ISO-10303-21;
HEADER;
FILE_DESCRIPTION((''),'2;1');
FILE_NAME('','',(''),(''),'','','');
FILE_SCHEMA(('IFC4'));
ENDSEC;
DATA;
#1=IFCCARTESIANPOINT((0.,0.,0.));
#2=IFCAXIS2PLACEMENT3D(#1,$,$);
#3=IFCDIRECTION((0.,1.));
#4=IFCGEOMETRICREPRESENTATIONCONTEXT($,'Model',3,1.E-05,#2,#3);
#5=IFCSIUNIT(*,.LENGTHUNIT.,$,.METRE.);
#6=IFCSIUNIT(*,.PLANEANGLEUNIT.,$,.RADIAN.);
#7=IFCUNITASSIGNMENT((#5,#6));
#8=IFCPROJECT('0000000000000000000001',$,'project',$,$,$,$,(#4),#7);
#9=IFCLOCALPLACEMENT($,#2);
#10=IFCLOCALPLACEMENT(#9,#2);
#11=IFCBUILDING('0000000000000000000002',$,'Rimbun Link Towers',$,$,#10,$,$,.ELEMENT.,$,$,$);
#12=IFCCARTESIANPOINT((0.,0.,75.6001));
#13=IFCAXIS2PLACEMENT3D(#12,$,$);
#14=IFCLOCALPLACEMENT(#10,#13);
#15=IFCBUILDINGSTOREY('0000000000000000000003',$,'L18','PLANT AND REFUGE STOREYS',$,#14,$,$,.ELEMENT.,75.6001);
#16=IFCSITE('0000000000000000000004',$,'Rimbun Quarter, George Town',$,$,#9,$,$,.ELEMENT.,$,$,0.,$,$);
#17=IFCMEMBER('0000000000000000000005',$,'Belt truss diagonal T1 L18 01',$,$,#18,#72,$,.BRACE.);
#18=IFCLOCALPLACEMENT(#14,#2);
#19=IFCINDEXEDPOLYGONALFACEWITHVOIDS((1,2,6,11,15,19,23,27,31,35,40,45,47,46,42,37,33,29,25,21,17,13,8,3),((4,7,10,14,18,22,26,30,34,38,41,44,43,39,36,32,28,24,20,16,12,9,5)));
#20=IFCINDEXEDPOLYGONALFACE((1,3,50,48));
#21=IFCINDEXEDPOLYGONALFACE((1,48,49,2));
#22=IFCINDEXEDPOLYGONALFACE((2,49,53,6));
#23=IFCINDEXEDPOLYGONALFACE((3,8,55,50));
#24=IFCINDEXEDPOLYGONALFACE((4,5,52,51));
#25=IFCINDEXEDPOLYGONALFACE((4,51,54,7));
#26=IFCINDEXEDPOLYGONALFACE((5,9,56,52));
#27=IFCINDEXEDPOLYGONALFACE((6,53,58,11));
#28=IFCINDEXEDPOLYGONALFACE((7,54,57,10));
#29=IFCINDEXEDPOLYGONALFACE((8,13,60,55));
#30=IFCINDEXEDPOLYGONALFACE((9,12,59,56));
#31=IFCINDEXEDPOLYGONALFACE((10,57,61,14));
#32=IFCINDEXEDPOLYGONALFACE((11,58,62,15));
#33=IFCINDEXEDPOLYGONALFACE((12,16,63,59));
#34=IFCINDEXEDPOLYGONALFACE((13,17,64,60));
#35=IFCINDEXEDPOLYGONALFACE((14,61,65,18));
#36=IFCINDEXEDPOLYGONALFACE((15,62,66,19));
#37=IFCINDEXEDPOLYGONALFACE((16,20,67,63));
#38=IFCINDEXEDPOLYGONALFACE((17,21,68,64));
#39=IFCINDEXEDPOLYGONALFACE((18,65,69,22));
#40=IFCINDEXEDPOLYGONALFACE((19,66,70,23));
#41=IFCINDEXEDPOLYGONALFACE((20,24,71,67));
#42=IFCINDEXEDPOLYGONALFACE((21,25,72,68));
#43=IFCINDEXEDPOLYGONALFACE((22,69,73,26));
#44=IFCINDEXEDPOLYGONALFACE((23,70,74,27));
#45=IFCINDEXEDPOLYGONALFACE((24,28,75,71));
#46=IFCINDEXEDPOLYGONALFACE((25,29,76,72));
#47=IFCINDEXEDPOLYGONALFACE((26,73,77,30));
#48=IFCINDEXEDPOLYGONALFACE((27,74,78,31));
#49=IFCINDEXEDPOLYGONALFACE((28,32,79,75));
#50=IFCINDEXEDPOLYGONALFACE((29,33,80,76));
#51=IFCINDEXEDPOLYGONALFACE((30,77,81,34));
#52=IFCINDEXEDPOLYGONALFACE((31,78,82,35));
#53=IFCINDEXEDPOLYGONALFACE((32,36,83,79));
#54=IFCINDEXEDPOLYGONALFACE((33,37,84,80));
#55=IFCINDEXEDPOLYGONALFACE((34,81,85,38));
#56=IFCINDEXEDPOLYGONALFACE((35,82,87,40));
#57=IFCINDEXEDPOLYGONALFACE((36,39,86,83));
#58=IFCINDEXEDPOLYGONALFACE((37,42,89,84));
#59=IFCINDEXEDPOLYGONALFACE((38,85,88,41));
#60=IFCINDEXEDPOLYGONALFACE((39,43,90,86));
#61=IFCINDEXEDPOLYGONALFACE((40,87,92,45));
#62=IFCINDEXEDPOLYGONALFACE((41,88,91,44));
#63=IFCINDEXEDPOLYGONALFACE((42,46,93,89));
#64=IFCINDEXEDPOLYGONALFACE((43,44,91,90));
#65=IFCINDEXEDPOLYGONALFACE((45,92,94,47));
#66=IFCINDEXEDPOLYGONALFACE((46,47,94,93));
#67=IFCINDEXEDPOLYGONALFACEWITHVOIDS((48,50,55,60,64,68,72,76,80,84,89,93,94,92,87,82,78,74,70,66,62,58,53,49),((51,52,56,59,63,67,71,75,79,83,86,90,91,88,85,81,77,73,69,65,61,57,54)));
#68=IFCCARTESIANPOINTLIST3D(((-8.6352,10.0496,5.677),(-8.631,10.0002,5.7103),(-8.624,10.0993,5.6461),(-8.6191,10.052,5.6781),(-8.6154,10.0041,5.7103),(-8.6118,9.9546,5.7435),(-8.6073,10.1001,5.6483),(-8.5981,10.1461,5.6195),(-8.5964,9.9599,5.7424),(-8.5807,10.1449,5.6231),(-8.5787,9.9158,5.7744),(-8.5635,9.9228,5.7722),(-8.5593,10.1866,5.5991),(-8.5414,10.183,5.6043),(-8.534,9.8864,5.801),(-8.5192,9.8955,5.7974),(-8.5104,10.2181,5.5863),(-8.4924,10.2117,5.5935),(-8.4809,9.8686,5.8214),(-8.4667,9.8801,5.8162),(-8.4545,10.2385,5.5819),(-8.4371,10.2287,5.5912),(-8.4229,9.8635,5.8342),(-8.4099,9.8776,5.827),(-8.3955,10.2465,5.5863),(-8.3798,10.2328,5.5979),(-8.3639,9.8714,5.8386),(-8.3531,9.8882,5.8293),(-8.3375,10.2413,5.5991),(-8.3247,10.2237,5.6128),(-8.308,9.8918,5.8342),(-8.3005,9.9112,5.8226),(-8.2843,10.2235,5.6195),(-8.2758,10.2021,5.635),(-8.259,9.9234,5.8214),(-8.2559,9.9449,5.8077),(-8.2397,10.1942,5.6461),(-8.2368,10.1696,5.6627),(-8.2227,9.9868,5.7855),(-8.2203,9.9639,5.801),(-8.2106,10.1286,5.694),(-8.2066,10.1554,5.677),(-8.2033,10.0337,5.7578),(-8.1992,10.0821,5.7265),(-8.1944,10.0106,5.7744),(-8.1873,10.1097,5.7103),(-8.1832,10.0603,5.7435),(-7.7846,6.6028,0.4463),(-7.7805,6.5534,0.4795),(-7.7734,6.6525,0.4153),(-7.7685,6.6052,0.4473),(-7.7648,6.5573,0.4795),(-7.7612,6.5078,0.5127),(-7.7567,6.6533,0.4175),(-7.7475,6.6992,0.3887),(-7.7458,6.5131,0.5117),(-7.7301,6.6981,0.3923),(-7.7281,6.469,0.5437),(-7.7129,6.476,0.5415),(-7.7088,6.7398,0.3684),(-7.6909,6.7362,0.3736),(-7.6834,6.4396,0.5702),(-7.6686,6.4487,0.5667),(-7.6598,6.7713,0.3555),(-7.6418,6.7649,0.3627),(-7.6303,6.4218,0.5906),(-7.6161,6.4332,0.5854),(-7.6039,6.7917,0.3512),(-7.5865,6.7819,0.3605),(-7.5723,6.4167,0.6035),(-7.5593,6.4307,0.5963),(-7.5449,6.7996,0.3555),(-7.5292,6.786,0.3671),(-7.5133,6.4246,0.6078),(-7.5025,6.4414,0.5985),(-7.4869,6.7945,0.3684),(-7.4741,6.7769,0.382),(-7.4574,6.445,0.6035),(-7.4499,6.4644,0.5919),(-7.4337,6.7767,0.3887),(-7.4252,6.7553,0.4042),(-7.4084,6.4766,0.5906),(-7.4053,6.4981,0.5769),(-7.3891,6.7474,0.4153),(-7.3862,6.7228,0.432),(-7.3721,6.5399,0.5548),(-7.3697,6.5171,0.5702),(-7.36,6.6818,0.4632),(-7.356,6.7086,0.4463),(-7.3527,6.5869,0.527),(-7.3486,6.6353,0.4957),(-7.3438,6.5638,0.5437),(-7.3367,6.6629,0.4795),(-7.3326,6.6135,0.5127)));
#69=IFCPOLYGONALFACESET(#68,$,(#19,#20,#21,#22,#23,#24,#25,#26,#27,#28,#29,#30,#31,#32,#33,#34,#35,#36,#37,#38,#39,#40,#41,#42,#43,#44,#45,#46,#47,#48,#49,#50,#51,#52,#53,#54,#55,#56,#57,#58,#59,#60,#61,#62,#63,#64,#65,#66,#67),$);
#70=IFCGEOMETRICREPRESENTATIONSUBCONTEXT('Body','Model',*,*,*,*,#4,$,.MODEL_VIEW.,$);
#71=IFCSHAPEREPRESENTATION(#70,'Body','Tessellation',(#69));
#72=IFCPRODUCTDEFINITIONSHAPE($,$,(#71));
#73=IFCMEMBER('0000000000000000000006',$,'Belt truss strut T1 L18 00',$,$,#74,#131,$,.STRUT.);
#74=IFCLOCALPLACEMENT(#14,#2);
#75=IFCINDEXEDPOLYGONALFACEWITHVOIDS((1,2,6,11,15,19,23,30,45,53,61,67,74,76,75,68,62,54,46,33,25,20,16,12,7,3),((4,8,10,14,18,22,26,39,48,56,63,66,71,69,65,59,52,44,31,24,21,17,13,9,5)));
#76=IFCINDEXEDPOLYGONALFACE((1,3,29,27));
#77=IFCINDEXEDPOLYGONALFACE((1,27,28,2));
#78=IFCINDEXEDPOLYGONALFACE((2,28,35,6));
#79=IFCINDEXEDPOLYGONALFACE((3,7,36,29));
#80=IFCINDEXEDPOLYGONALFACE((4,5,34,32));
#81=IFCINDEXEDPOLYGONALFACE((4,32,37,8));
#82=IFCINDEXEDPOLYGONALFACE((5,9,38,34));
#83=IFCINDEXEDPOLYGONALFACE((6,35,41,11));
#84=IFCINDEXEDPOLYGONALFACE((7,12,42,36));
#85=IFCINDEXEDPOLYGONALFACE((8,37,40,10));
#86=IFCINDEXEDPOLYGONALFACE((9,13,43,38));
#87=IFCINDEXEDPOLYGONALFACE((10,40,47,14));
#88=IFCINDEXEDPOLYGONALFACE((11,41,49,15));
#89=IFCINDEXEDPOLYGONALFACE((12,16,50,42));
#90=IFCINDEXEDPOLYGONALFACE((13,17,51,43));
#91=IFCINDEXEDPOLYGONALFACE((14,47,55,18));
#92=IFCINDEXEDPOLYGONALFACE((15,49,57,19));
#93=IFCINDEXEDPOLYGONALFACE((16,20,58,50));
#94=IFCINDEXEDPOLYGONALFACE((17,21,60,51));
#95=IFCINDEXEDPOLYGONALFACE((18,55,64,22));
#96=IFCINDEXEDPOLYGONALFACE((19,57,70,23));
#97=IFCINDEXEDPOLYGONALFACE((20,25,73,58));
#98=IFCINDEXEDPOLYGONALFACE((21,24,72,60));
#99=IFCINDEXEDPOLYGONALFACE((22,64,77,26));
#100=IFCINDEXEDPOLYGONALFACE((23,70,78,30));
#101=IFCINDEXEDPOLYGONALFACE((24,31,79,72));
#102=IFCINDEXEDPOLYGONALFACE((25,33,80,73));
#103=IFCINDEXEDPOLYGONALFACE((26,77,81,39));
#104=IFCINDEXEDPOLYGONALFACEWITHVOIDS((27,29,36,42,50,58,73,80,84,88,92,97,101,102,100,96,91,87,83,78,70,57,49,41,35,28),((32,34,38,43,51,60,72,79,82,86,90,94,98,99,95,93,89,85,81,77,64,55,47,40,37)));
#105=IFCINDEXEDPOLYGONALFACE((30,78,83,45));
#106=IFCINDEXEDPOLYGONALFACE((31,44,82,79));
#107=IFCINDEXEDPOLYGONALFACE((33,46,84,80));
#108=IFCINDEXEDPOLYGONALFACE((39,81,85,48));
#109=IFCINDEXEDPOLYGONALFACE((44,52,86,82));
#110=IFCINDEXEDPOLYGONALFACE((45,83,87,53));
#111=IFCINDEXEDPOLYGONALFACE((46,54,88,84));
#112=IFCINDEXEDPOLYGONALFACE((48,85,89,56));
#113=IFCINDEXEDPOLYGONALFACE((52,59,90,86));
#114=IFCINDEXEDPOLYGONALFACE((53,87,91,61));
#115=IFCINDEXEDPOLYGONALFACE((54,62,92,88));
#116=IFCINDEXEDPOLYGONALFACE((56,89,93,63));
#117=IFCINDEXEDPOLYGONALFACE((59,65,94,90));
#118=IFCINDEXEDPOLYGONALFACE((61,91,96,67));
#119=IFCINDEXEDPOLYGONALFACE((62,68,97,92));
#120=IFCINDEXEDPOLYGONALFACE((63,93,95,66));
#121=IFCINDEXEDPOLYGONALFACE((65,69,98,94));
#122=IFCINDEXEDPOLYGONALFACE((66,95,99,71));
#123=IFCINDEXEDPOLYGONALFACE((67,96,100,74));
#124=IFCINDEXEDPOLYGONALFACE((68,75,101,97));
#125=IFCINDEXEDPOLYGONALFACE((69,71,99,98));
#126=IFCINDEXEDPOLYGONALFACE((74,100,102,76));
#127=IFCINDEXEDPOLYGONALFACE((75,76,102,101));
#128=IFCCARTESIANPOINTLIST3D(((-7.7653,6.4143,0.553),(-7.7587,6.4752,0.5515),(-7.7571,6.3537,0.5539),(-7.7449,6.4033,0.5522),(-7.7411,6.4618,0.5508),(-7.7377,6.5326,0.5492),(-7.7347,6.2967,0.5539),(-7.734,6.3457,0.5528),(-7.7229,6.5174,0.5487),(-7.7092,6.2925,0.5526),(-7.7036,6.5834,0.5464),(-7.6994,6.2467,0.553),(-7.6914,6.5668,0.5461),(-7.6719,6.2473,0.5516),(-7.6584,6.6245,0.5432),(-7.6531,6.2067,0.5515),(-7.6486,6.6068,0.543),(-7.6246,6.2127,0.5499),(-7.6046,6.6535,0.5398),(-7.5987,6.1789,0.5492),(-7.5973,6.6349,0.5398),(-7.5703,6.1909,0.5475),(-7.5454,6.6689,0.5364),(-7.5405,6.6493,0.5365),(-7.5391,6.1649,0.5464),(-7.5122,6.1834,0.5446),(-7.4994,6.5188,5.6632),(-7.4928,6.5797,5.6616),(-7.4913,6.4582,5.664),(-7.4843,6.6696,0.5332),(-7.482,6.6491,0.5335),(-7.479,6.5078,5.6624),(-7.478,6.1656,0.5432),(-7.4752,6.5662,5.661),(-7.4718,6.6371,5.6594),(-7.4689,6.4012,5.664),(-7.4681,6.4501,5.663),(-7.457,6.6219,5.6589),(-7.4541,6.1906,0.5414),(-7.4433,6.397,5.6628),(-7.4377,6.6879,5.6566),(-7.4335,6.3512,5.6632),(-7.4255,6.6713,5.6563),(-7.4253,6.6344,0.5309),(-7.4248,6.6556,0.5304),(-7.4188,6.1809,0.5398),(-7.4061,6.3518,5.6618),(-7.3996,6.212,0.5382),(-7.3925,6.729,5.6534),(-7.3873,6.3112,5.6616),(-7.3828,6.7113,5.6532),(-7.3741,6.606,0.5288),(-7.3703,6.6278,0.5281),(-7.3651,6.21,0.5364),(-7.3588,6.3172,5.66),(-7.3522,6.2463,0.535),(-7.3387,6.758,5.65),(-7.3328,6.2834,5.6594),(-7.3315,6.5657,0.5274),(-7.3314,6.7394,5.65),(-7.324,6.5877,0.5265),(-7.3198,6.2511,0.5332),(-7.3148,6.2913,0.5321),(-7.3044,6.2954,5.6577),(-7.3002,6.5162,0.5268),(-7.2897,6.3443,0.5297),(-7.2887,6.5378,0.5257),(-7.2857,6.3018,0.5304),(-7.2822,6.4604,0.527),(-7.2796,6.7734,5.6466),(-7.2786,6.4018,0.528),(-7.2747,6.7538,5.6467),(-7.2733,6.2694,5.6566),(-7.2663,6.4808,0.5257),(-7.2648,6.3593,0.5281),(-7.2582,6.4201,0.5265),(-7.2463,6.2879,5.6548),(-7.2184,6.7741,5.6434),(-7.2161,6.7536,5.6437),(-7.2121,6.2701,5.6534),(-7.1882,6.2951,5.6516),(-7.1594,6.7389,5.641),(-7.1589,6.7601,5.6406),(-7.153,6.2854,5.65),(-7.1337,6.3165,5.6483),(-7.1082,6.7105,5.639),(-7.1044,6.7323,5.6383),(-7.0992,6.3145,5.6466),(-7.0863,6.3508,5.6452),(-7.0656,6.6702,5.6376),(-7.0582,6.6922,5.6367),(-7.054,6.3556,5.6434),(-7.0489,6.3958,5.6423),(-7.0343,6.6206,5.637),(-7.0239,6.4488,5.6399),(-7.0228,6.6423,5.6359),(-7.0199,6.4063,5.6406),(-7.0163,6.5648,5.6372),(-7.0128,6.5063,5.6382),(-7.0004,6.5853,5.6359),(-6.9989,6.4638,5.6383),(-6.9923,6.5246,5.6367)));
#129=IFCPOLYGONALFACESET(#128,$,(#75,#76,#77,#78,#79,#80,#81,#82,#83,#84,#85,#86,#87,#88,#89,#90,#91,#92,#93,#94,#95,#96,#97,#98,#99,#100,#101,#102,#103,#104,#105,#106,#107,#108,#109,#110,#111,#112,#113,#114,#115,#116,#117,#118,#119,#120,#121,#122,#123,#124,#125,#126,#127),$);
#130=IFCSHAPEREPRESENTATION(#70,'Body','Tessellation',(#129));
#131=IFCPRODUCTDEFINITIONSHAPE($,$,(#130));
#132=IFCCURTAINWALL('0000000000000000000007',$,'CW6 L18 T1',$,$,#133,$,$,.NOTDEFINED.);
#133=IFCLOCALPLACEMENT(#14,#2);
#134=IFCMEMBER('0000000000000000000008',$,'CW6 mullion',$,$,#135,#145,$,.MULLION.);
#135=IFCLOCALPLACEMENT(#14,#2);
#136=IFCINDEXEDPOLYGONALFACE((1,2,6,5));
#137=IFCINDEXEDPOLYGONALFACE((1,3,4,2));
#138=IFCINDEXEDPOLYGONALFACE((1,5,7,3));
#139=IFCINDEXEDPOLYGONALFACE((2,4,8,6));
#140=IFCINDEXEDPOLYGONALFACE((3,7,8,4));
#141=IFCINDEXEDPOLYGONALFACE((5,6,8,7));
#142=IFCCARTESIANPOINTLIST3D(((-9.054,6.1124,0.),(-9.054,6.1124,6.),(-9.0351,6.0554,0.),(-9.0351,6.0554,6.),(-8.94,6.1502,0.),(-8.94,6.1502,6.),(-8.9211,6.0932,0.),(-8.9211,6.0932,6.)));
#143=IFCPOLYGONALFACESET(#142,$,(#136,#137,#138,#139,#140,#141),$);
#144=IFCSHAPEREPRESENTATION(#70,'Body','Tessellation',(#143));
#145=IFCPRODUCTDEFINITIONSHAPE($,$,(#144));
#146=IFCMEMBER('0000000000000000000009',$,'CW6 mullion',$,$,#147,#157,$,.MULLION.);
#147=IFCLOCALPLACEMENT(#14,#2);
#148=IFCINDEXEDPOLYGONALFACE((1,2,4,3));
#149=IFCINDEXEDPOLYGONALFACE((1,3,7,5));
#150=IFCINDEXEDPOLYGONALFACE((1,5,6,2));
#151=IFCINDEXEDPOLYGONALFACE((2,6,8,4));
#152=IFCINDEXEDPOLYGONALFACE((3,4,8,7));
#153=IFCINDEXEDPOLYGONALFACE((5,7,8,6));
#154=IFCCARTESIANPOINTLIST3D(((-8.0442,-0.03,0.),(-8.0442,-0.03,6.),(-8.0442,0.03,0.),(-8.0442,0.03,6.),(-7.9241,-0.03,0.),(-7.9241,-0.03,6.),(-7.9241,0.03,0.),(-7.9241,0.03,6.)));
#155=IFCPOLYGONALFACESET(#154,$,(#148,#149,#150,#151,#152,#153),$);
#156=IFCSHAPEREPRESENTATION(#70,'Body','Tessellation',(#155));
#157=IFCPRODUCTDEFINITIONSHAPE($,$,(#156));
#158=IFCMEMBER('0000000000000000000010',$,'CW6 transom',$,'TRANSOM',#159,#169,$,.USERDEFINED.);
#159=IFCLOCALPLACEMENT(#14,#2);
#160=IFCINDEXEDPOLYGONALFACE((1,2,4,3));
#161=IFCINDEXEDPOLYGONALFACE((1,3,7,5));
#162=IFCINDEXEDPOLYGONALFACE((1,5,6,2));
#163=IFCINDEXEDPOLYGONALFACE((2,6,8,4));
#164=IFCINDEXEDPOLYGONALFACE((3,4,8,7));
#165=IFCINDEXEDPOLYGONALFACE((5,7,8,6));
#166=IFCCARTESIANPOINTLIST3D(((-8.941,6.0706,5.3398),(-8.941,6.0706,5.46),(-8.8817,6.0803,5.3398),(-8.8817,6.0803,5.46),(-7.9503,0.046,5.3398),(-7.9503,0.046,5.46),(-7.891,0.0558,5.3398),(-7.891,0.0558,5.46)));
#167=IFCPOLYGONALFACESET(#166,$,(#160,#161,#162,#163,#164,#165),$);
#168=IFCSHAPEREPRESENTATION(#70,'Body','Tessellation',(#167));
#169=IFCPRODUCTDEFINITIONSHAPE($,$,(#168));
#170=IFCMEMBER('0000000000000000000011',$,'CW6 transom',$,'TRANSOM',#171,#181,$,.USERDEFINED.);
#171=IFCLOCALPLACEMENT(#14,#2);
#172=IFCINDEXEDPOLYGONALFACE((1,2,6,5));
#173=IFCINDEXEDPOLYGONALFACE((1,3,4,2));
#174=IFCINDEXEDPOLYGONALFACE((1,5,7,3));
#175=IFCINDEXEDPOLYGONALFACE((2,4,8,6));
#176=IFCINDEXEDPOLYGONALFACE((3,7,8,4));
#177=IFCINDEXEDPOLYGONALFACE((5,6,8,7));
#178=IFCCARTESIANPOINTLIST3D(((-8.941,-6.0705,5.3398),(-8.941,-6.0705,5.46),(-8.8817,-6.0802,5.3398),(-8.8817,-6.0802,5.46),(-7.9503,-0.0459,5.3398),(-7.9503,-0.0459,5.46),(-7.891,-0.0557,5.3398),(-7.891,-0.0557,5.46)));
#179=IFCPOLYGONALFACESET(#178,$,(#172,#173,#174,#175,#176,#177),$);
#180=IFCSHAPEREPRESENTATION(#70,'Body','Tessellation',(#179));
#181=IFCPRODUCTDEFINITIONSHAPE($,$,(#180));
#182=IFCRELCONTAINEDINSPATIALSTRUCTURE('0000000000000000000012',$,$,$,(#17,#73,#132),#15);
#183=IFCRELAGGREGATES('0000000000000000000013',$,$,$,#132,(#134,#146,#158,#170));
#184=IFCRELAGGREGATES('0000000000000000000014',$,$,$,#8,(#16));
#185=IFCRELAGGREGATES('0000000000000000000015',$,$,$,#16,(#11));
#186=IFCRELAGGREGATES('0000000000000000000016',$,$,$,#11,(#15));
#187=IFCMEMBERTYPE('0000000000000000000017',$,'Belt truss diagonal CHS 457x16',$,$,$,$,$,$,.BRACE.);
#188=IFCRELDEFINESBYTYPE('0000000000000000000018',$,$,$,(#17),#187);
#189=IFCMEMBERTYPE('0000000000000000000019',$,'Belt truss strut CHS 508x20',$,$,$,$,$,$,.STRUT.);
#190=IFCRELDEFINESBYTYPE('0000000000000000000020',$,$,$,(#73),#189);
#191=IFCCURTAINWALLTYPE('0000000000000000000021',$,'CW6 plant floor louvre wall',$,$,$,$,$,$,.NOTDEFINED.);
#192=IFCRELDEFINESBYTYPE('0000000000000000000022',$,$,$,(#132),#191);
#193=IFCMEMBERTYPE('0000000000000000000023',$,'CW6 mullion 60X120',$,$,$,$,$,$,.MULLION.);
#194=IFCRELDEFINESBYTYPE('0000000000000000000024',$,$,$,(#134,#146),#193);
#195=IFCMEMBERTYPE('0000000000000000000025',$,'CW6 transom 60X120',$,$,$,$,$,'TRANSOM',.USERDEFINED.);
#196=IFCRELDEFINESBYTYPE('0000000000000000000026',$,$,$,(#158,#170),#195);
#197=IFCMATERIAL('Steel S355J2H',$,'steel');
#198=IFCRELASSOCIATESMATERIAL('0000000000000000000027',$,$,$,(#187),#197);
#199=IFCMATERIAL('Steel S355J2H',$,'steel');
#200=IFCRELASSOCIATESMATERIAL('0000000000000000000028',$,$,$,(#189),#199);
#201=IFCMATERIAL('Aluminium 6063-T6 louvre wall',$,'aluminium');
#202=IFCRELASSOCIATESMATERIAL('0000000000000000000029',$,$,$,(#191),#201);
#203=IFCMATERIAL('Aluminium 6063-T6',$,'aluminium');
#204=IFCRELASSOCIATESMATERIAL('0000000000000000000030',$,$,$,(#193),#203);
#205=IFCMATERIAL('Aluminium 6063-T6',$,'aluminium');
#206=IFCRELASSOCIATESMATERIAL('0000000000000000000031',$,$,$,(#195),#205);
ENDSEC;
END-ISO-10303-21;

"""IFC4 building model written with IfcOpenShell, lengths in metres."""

from ifc_helpers import new_model, si_unit, direction, frame, origin, origin_2d, place, context, subcontext, project, spatial, rectangle, hollow_circle, extrude, material, material_profile, profile_set, type_object, element, aggregate, save


model = new_model("IFC4")

# Units and contexts
model_context = context("Model", 3, precision=1e-05, world=origin(), true_north=direction((0.0, 1.0)))
body_context = subcontext(model_context, "Body", "Model", "MODEL_VIEW")
ifc_project = project(units=[si_unit("LENGTHUNIT", "METRE"), si_unit("PLANEANGLEUNIT", "RADIAN")], contexts=[model_context])

# Site, building, storey
site_placement = place(None, origin())
site = spatial("IfcSite", under=ifc_project, at=site_placement, Name="Rimbun Quarter, George Town", CompositionType="ELEMENT", RefElevation=0.0)
building_placement = place(site_placement, origin())
building = spatial("IfcBuilding", under=site, at=building_placement, Name="Rimbun Link Towers", CompositionType="ELEMENT")
storey_placement = place(building_placement, frame((0.0, 0.0, 75.6001)))
storey = spatial("IfcBuildingStorey", under=building, at=storey_placement, Name="L18", Description="PLANT AND REFUGE STOREYS", CompositionType="ELEMENT", Elevation=75.6001)

# Members
ifc_material_1 = material(Name="Steel S355J2H", Category="steel")
ifc_material_profile_1 = material_profile(ifc_material_1, hollow_circle(Radius=0.2285, WallThickness=0.0161, at=origin_2d()), Name="Belt truss diagonal CHS 457x16")
ifc_profile_set_1 = profile_set([ifc_material_profile_1], Name="Steel S355J2H")
member_type_1 = type_object("IfcMemberType", Name="Belt truss diagonal CHS 457x16", PredefinedType="BRACE", material=ifc_profile_set_1)
member_1_placement = place(storey_placement, frame((-7.5586, 6.6082, 0.4795), z_axis=(-0.13455, 0.545228, 0.827419), x_axis=(-0.970874, -0.23959, 0.0)))
element("IfcMember", 1, at=member_1_placement, inside=storey, type_object=member_type_1, Name="Belt truss diagonal T1 L18 01", PredefinedType="BRACE", context=body_context, shape_type="SweptSolid", body=[
    extrude(hollow_circle(Radius=0.2285, WallThickness=0.0161, at=origin_2d()), origin(), (0.0, 0.0, 1.0), 6.3218),
])
ifc_material_2 = material(Name="Steel S355J2H", Category="steel")
ifc_material_profile_2 = material_profile(ifc_material_2, hollow_circle(Radius=0.2539, WallThickness=0.02, at=origin_2d()), Name="Belt truss strut CHS 508x20")
ifc_profile_set_2 = profile_set([ifc_material_profile_2], Name="Steel S355J2H")
member_type_2 = type_object("IfcMemberType", Name="Belt truss strut CHS 508x20", PredefinedType="STRUT", material=ifc_profile_set_2)
member_2_placement = place(storey_placement, frame((-7.5117, 6.4172, 0.5398), z_axis=(0.051947, 0.020416, 0.998441), x_axis=(-0.365785, 0.9307, 0.0)))
element("IfcMember", 2, at=member_2_placement, inside=storey, type_object=member_type_2, Name="Belt truss strut T1 L18 00", PredefinedType="STRUT", context=body_context, shape_type="SweptSolid", body=[
    extrude(hollow_circle(Radius=0.2539, WallThickness=0.02, at=origin_2d()), origin(), (0.0, 0.0, 1.0), 5.1182),
])

# Curtain wall, members
ifc_material_3 = material(Name="Aluminium 6063-T6 louvre wall", Category="aluminium")
curtain_wall_type = type_object("IfcCurtainWallType", Name="CW6 plant floor louvre wall", PredefinedType="NOTDEFINED", material=ifc_material_3)
curtain_wall_placement = place(storey_placement, origin())
curtain_wall = element("IfcCurtainWall", 3, at=curtain_wall_placement, inside=storey, type_object=curtain_wall_type, Name="CW6 L18 T1", PredefinedType="NOTDEFINED")
ifc_material_4 = material(Name="Aluminium 6063-T6", Category="aluminium")
ifc_material_profile_3 = material_profile(ifc_material_4, rectangle(XDim=0.1201, YDim=0.0601, at=origin_2d()), Name="MULLION 60X120")
ifc_profile_set_3 = profile_set([ifc_material_profile_3], Name="Aluminium 6063-T6")
member_type_3 = type_object("IfcMemberType", Name="CW6 mullion 60X120", PredefinedType="MULLION", material=ifc_profile_set_3)
member_3_placement = place(storey_placement, frame((-8.9875, 6.1028, 0.0), z_axis=(0.0, 0.0, 1.0), x_axis=(0.949163, 0.314784, 0.0)))
member_3 = element("IfcMember", 4, at=member_3_placement, type_object=member_type_3, Name="CW6 mullion", PredefinedType="MULLION", context=body_context, shape_type="SweptSolid", body=[
    extrude(rectangle(XDim=0.1201, YDim=0.0601, at=origin_2d()), origin(), (0.0, 0.0, 1.0), 6.0),
])
member_4_placement = place(storey_placement, frame((-7.9841, 0.0, 0.0), z_axis=(0.0, 0.0, 1.0), x_axis=(1.0, 0.0, 0.0)))
member_4 = element("IfcMember", 5, at=member_4_placement, type_object=member_type_3, Name="CW6 mullion", PredefinedType="MULLION", context=body_context, shape_type="SweptSolid", body=[
    extrude(rectangle(XDim=0.1201, YDim=0.0601, at=origin_2d()), origin(), (0.0, 0.0, 1.0), 6.0),
])
ifc_material_5 = material(Name="Aluminium 6063-T6", Category="aluminium")
ifc_material_profile_4 = material_profile(ifc_material_5, rectangle(XDim=0.0601, YDim=0.1201, at=origin_2d()), Name="TRANSOM 60X120")
ifc_profile_set_4 = profile_set([ifc_material_profile_4], Name="Aluminium 6063-T6")
member_type_4 = type_object("IfcMemberType", Name="CW6 transom 60X120", ElementType="TRANSOM", PredefinedType="USERDEFINED", material=ifc_profile_set_4)
member_5_placement = place(storey_placement, frame((-8.9114, 6.0754, 5.3999), z_axis=(0.162265, -0.986747, 0.0), x_axis=(0.986747, 0.162265, 0.0)))
member_5 = element("IfcMember", 6, at=member_5_placement, type_object=member_type_4, Name="CW6 transom", ObjectType="TRANSOM", PredefinedType="USERDEFINED", context=body_context, shape_type="SweptSolid", body=[
    extrude(rectangle(XDim=0.0601, YDim=0.1201, at=origin_2d()), origin(), (0.0, 0.0, 1.0), 6.1055),
])
member_6_placement = place(storey_placement, frame((-7.9207, -0.0508, 5.3999), z_axis=(-0.162265, -0.986747, 0.0), x_axis=(0.986747, -0.162265, 0.0)))
member_6 = element("IfcMember", 7, at=member_6_placement, type_object=member_type_4, Name="CW6 transom", ObjectType="TRANSOM", PredefinedType="USERDEFINED", context=body_context, shape_type="SweptSolid", body=[
    extrude(rectangle(XDim=0.0601, YDim=0.1201, at=origin_2d()), origin(), (0.0, 0.0, 1.0), 6.1055),
])

aggregate(curtain_wall, [member_3, member_4, member_5, member_6])

save(model, "model.ifc")
